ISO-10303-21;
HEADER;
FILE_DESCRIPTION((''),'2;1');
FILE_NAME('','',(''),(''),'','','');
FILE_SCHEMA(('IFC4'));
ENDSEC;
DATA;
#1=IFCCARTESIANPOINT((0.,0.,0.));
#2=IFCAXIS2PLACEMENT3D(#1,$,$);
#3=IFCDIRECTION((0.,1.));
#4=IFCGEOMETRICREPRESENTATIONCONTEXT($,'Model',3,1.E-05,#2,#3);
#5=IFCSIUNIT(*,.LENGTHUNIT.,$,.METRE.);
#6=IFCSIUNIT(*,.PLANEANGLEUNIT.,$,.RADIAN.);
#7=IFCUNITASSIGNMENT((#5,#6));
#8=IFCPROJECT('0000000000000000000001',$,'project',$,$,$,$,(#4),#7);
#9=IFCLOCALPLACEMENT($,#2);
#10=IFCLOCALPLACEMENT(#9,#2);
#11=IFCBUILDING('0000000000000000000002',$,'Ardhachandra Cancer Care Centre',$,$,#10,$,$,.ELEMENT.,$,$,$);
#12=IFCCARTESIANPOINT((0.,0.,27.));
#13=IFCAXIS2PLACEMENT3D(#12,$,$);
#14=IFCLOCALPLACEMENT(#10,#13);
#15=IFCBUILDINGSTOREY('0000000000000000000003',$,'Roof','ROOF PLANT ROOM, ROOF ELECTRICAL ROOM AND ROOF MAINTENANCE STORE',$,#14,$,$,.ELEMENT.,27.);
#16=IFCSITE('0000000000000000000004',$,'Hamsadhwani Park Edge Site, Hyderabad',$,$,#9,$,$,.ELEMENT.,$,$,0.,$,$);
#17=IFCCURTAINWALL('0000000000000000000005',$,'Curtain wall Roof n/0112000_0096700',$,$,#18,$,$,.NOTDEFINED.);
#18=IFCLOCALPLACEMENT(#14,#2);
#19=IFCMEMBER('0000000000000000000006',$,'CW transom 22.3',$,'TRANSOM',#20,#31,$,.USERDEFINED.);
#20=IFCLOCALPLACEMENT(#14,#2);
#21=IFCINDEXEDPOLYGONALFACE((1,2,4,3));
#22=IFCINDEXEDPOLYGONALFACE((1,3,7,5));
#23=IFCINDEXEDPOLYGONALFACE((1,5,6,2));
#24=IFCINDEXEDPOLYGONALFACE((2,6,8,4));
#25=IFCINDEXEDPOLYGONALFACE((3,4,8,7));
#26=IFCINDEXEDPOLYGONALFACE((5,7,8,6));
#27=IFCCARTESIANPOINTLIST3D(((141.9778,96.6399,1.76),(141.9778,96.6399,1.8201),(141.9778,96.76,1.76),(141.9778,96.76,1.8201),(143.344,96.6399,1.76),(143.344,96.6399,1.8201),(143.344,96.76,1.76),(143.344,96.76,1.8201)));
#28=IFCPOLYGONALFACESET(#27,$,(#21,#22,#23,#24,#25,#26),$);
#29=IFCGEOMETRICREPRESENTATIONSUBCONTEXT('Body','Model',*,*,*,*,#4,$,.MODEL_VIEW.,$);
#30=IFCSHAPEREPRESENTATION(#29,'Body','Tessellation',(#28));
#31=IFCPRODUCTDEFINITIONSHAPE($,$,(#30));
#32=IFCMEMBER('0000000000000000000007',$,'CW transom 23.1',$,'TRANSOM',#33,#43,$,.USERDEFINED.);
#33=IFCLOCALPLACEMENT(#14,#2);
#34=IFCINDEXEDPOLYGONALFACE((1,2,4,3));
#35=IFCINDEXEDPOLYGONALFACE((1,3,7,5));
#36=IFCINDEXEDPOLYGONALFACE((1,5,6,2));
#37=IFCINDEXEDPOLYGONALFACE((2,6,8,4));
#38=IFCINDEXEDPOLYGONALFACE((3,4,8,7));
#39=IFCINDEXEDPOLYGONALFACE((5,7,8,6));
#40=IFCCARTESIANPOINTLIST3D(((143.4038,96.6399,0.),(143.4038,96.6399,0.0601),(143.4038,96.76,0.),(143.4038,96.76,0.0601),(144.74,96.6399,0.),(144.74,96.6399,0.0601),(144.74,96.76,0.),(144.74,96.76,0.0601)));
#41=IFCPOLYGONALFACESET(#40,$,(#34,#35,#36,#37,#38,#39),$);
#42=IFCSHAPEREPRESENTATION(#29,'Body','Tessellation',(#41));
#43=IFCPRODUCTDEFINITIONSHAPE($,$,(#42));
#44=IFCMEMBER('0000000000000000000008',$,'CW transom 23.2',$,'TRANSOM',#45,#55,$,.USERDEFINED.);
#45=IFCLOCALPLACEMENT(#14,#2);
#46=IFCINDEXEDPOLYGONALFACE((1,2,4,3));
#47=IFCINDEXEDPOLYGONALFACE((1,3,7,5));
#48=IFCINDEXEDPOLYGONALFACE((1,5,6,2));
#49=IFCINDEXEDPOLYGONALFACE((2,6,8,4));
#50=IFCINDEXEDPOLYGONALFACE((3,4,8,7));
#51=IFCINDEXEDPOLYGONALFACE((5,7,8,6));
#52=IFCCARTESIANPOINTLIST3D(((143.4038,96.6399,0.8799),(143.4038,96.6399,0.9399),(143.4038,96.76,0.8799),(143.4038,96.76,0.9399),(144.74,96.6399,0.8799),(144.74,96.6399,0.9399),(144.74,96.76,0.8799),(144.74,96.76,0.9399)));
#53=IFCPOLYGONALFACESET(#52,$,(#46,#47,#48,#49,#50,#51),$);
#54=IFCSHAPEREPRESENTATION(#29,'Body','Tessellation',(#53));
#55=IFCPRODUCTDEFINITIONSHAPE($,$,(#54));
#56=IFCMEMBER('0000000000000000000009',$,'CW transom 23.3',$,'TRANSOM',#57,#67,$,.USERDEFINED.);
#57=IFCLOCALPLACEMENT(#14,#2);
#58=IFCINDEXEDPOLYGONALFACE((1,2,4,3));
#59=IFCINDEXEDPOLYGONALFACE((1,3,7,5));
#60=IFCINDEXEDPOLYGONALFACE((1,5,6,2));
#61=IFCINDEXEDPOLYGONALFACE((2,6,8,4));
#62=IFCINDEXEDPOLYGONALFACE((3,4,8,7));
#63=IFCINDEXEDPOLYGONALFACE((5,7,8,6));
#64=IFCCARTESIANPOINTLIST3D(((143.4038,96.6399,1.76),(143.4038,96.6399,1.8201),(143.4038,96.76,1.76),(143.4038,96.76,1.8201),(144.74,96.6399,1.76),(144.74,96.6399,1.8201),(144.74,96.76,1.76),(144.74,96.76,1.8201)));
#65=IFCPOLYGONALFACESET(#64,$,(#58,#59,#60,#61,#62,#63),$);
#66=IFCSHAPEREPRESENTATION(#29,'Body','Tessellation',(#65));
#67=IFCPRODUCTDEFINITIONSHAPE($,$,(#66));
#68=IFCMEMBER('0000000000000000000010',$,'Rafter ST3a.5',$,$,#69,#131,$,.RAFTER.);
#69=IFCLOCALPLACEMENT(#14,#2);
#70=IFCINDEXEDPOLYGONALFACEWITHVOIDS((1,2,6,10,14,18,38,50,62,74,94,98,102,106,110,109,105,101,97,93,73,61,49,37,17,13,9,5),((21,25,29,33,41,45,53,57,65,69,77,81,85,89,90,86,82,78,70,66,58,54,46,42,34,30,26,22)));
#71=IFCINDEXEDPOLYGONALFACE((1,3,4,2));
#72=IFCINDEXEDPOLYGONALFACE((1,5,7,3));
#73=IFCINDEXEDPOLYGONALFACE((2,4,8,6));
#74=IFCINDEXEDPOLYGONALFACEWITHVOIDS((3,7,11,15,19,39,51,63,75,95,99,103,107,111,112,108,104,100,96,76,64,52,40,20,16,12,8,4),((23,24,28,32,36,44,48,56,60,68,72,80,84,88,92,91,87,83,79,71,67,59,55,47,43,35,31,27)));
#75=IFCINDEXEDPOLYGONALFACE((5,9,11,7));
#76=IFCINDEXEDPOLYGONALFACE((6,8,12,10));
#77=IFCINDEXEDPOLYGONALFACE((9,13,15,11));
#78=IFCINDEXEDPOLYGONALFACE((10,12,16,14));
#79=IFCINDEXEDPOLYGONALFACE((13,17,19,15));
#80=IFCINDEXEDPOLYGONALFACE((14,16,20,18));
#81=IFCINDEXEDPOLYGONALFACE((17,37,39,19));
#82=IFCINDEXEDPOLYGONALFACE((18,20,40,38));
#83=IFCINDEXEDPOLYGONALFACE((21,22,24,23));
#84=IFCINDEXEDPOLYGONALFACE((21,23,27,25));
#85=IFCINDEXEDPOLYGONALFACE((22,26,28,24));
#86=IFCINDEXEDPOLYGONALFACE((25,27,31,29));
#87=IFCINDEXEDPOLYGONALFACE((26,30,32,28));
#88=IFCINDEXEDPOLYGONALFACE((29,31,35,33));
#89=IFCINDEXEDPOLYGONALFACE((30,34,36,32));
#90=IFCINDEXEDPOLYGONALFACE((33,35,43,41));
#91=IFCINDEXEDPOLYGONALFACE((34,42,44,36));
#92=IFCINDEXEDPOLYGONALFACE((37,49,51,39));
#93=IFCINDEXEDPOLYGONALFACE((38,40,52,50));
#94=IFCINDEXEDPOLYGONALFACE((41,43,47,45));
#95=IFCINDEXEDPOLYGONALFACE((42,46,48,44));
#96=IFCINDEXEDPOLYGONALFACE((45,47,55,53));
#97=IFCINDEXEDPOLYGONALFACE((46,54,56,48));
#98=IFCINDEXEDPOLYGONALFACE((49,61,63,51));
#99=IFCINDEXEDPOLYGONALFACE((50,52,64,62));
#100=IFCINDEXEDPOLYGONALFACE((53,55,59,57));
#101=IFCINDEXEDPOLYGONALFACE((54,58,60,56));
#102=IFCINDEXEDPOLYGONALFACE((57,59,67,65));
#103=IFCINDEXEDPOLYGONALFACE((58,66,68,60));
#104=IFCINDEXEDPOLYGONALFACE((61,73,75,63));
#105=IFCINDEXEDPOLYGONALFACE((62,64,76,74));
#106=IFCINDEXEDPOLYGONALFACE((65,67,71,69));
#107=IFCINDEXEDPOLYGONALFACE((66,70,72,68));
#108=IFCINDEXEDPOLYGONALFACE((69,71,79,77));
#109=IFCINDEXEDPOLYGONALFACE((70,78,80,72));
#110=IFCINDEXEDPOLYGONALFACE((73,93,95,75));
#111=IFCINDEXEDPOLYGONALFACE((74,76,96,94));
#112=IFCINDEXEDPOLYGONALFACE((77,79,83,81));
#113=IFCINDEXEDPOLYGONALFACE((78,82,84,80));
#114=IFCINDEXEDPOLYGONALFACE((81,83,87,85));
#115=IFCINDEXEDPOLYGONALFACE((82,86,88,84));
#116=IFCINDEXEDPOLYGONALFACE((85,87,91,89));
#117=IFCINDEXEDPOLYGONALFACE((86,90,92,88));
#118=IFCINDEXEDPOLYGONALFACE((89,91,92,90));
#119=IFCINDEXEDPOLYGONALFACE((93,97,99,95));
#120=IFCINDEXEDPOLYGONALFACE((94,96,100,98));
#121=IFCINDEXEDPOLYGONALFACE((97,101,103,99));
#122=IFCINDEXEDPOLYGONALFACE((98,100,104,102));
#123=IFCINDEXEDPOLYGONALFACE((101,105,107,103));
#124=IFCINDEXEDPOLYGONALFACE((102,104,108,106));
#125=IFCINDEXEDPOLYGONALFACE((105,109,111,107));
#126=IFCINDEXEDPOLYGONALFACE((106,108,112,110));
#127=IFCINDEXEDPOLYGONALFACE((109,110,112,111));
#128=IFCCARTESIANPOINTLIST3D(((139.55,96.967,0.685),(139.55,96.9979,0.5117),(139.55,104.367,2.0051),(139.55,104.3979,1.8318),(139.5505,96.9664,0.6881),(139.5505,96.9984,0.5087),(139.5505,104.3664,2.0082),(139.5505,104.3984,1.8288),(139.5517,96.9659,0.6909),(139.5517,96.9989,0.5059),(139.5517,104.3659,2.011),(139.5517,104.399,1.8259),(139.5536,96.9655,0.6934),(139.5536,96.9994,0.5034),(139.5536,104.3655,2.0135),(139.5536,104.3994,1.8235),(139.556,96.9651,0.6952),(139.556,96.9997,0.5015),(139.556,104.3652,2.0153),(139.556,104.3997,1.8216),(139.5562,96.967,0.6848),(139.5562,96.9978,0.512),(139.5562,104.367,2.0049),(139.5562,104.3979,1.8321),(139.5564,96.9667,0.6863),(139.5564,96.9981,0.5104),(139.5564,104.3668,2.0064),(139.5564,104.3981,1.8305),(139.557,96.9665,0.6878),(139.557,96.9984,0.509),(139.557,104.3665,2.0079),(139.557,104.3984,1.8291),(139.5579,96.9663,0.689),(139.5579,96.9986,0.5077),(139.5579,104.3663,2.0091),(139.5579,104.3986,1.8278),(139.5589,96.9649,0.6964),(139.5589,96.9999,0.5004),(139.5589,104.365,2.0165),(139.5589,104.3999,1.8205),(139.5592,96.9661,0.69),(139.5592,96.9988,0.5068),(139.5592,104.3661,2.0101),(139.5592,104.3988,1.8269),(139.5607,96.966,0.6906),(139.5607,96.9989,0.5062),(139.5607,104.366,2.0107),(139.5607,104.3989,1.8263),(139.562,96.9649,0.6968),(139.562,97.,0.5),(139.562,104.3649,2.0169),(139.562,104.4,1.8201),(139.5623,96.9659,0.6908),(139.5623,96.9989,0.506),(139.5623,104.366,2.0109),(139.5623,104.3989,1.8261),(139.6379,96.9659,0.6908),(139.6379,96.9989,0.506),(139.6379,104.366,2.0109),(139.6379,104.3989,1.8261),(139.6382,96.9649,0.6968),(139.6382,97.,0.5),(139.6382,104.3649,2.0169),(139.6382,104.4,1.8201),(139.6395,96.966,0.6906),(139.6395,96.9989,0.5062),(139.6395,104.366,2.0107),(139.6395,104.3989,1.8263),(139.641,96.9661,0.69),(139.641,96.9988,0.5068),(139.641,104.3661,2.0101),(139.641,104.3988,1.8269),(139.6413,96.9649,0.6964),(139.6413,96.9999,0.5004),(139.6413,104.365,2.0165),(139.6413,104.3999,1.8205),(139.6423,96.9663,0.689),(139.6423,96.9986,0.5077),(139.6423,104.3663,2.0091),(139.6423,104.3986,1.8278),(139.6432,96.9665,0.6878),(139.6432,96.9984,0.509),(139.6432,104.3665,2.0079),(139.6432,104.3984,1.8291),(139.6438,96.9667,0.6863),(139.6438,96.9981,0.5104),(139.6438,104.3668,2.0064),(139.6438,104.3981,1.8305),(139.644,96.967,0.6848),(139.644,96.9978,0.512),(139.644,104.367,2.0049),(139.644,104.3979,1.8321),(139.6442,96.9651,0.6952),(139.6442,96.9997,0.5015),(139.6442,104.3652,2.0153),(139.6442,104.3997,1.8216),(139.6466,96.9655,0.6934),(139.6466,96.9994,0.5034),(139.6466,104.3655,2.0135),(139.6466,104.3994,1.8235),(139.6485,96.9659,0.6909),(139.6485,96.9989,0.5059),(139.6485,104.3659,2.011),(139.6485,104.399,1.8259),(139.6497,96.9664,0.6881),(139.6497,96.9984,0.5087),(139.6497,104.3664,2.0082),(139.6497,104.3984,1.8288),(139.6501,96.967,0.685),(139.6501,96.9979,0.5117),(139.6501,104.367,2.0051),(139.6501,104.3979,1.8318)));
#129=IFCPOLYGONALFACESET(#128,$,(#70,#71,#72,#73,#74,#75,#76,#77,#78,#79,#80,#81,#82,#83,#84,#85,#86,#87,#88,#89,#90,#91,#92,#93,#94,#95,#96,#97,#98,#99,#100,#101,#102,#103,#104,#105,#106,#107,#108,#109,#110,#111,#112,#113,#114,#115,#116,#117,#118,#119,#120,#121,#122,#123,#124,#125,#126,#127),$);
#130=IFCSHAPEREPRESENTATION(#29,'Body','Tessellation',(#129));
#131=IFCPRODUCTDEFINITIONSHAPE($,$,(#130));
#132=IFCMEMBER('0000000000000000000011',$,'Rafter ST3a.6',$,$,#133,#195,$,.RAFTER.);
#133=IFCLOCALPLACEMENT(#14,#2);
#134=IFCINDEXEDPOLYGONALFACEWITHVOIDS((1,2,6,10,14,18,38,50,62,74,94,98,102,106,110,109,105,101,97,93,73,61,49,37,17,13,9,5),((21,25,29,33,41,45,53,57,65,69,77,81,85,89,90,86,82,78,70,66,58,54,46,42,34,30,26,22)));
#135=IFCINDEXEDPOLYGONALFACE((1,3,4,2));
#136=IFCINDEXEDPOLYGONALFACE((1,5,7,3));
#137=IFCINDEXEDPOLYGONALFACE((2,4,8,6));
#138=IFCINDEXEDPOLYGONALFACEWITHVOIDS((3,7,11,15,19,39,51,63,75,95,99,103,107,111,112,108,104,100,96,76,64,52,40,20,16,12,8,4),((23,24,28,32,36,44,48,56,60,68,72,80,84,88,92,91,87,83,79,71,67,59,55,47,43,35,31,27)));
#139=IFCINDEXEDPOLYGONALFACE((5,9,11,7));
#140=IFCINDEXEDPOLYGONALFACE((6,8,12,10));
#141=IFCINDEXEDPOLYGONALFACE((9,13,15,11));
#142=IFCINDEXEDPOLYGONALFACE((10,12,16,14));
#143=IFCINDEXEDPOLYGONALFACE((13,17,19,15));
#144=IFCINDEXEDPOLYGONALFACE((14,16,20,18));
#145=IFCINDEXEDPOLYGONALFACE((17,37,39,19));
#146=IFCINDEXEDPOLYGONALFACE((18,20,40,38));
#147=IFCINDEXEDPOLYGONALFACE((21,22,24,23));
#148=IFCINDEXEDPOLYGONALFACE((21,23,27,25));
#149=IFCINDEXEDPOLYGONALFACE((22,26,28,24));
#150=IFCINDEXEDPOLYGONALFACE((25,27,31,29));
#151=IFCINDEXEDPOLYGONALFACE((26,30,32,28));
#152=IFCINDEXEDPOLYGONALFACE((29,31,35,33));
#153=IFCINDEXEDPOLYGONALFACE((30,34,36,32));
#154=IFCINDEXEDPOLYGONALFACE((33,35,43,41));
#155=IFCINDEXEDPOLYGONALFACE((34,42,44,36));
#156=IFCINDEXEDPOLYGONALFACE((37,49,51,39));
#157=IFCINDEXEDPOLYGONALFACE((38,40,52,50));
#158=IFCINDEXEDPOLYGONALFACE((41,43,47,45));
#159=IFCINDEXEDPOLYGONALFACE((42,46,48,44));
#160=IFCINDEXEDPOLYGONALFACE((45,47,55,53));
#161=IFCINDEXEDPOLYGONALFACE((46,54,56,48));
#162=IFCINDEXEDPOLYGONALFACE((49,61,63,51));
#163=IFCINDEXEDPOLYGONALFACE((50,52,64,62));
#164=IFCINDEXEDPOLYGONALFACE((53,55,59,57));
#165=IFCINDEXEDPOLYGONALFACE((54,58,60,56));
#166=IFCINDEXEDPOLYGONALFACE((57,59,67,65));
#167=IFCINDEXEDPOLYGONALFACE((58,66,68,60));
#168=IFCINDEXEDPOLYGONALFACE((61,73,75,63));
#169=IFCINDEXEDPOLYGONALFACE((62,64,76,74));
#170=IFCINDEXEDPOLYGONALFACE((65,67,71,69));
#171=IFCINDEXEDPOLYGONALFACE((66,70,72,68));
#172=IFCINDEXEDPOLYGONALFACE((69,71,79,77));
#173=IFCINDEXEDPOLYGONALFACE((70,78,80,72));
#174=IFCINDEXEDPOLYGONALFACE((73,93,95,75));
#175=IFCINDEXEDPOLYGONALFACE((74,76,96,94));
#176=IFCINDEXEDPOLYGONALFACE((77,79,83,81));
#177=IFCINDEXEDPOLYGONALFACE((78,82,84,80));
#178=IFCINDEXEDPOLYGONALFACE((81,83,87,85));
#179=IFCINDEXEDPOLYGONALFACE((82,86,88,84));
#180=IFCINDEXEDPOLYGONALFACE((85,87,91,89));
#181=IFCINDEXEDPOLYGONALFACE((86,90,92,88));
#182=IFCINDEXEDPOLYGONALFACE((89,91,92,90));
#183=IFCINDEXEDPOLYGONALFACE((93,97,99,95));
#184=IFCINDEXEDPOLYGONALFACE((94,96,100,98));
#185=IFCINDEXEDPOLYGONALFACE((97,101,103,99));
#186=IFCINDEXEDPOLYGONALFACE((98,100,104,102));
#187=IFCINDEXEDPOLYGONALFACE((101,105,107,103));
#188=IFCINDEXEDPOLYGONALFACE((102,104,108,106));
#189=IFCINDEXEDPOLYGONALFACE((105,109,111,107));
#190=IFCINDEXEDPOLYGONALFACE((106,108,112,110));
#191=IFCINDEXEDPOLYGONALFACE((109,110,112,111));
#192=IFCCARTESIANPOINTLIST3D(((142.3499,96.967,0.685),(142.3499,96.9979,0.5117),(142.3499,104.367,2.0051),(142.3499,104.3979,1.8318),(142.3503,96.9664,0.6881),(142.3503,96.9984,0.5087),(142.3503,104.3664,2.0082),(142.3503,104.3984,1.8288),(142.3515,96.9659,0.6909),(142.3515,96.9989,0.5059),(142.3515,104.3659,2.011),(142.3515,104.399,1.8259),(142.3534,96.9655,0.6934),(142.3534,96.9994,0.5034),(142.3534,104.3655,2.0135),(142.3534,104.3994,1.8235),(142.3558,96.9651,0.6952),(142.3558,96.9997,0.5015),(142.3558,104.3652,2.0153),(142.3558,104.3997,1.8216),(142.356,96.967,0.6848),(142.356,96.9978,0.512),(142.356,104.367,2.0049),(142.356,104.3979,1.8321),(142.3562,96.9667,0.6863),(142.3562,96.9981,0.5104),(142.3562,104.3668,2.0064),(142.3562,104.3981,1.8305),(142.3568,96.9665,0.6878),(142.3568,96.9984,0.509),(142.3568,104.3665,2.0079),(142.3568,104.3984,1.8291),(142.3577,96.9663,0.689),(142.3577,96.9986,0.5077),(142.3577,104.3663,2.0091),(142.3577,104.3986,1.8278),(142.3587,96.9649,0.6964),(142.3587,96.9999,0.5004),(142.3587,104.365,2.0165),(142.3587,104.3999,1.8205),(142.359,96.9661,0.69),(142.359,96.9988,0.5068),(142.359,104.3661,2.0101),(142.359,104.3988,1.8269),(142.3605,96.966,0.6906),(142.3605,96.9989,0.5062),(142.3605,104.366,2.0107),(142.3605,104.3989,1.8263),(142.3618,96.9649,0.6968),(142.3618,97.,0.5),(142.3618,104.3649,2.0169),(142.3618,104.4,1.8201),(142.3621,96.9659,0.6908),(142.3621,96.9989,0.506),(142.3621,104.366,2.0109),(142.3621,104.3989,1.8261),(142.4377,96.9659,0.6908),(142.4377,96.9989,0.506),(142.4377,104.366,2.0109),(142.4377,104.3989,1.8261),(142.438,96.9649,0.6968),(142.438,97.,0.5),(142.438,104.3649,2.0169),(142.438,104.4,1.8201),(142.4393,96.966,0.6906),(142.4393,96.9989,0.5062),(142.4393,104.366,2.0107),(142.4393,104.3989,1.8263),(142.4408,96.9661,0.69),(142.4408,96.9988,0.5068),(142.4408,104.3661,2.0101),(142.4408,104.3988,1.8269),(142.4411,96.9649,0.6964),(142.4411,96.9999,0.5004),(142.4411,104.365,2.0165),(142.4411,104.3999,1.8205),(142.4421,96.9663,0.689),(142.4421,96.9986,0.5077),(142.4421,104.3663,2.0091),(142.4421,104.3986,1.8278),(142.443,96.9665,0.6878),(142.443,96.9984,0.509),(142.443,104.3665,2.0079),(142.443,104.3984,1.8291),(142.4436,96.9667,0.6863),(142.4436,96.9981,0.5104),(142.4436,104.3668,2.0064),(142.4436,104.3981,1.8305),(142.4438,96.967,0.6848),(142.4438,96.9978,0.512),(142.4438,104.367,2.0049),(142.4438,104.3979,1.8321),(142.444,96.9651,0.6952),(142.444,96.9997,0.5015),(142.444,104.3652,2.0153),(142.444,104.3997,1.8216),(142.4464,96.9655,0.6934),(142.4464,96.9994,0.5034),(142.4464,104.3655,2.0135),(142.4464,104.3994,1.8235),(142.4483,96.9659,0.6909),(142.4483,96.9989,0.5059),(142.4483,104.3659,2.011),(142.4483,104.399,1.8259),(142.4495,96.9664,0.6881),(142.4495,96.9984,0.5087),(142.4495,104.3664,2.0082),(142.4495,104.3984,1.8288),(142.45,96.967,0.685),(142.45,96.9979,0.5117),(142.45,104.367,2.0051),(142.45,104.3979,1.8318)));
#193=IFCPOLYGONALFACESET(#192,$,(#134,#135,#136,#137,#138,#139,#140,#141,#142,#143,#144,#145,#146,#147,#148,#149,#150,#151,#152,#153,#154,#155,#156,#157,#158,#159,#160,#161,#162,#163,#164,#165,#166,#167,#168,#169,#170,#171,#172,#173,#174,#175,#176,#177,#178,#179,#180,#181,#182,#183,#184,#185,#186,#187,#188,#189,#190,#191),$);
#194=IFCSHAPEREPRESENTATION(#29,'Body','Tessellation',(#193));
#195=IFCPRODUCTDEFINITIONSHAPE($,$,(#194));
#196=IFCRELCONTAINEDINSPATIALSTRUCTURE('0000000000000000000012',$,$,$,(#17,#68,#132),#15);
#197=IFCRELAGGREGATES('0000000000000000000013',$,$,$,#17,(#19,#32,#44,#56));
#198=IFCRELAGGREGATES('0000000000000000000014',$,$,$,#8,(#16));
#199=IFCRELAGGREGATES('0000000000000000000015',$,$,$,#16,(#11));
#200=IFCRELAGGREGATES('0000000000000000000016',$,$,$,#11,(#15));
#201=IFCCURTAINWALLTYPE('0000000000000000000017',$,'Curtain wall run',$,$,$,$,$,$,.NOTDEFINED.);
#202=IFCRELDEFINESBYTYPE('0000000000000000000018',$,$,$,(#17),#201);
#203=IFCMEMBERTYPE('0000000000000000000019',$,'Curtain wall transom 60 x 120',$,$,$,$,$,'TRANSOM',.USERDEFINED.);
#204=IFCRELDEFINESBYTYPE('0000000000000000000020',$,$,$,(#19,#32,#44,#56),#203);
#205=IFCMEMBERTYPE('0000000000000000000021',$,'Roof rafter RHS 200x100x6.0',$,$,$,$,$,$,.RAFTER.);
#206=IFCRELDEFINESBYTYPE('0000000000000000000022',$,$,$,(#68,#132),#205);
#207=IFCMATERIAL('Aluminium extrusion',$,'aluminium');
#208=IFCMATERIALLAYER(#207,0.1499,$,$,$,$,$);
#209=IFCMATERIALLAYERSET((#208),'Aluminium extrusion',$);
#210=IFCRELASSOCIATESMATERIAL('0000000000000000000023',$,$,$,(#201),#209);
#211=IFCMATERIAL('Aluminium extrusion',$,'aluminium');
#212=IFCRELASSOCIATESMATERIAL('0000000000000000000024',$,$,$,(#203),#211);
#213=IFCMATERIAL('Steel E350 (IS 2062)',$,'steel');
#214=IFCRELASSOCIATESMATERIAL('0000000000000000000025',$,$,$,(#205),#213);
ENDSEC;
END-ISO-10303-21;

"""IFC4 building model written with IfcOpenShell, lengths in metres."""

from ifc_helpers import new_model, si_unit, direction, frame, origin, origin_2d, place, context, subcontext, project, spatial, rectangle, hollow_rectangle, extrude, material, layer, layer_set, material_profile, profile_set, type_object, element, aggregate, save


model = new_model("IFC4")

# Units and contexts
model_context = context("Model", 3, precision=1e-05, world=origin(), true_north=direction((0.0, 1.0)))
body_context = subcontext(model_context, "Body", "Model", "MODEL_VIEW")
ifc_project = project(units=[si_unit("LENGTHUNIT", "METRE"), si_unit("PLANEANGLEUNIT", "RADIAN")], contexts=[model_context])

# Site, building, storey
site_placement = place(None, origin())
site = spatial("IfcSite", under=ifc_project, at=site_placement, Name="Hamsadhwani Park Edge Site, Hyderabad", CompositionType="ELEMENT", RefElevation=0.0)
building_placement = place(site_placement, origin())
building = spatial("IfcBuilding", under=site, at=building_placement, Name="Ardhachandra Cancer Care Centre", CompositionType="ELEMENT")
storey_placement = place(building_placement, frame((0.0, 0.0, 27.0)))
storey = spatial("IfcBuildingStorey", under=building, at=storey_placement, Name="Roof", Description="ROOF PLANT ROOM, ROOF ELECTRICAL ROOM AND ROOF MAINTENANCE STORE", CompositionType="ELEMENT", Elevation=27.0)

# Curtain wall, members
ifc_material_1 = material(Name="Aluminium extrusion", Category="aluminium")
ifc_layer_1 = layer(ifc_material_1, 0.1499)
ifc_layer_set_1 = layer_set([ifc_layer_1], Name="Aluminium extrusion")
curtain_wall_type = type_object("IfcCurtainWallType", Name="Curtain wall run", PredefinedType="NOTDEFINED", material=ifc_layer_set_1)
curtain_wall_placement = place(storey_placement, origin())
curtain_wall = element("IfcCurtainWall", 1, at=curtain_wall_placement, inside=storey, type_object=curtain_wall_type, Name="Curtain wall Roof n/0112000_0096700", PredefinedType="NOTDEFINED")
ifc_material_2 = material(Name="Aluminium extrusion", Category="aluminium")
ifc_material_profile_1 = material_profile(ifc_material_2, rectangle(XDim=0.1201, YDim=0.0601, at=origin_2d()), Name="Curtain wall transom 60 x 120")
ifc_profile_set_1 = profile_set([ifc_material_profile_1], Name="Aluminium extrusion")
member_type_1 = type_object("IfcMemberType", Name="Curtain wall transom 60 x 120", ElementType="TRANSOM", PredefinedType="USERDEFINED", material=ifc_profile_set_1)
member_1_placement = place(storey_placement, frame((141.9778, 96.7, 1.79), z_axis=(1.0, 0.0, 0.0), x_axis=(0.0, 1.0, 0.0)))
member_1 = element("IfcMember", 2, at=member_1_placement, type_object=member_type_1, Name="CW transom 22.3", ObjectType="TRANSOM", PredefinedType="USERDEFINED", context=body_context, shape_type="SweptSolid", body=[
    extrude(rectangle(XDim=0.1201, YDim=0.0601, at=origin_2d()), origin(), (0.0, 0.0, 1.0), 1.3662),
])
member_2_placement = place(storey_placement, frame((143.4038, 96.7, 0.03), z_axis=(1.0, 0.0, 0.0), x_axis=(0.0, 1.0, 0.0)))
member_2 = element("IfcMember", 3, at=member_2_placement, type_object=member_type_1, Name="CW transom 23.1", ObjectType="TRANSOM", PredefinedType="USERDEFINED", context=body_context, shape_type="SweptSolid", body=[
    extrude(rectangle(XDim=0.1201, YDim=0.0601, at=origin_2d()), origin(), (0.0, 0.0, 1.0), 1.3362),
])
member_3_placement = place(storey_placement, frame((143.4038, 96.7, 0.9099), z_axis=(1.0, 0.0, 0.0), x_axis=(0.0, 1.0, 0.0)))
member_3 = element("IfcMember", 4, at=member_3_placement, type_object=member_type_1, Name="CW transom 23.2", ObjectType="TRANSOM", PredefinedType="USERDEFINED", context=body_context, shape_type="SweptSolid", body=[
    extrude(rectangle(XDim=0.1201, YDim=0.0601, at=origin_2d()), origin(), (0.0, 0.0, 1.0), 1.3362),
])
member_4_placement = place(storey_placement, frame((143.4038, 96.7, 1.79), z_axis=(1.0, 0.0, 0.0), x_axis=(0.0, 1.0, 0.0)))
member_4 = element("IfcMember", 5, at=member_4_placement, type_object=member_type_1, Name="CW transom 23.3", ObjectType="TRANSOM", PredefinedType="USERDEFINED", context=body_context, shape_type="SweptSolid", body=[
    extrude(rectangle(XDim=0.1201, YDim=0.0601, at=origin_2d()), origin(), (0.0, 0.0, 1.0), 1.3362),
])

# Members
ifc_material_3 = material(Name="Steel E350 (IS 2062)", Category="steel")
ifc_material_profile_2 = material_profile(ifc_material_3, hollow_rectangle(XDim=0.1001, YDim=0.2, WallThickness=0.0061, InnerFilletRadius=0.0061, OuterFilletRadius=0.012, at=origin_2d()), Name="RHS 200x100x6.0")
ifc_profile_set_2 = profile_set([ifc_material_profile_2], Name="Steel E350 (IS 2062)")
member_type_2 = type_object("IfcMemberType", Name="Roof rafter RHS 200x100x6.0", PredefinedType="RAFTER", material=ifc_profile_set_2)
for number, where, z_axis, x_axis, name in (
    (6, (139.6001, 96.9824, 0.5984), (0.0, 0.984458, 0.175618), (-1.0, 0.0, 0.0), "Rafter ST3a.5"),
    (7, (142.3999, 96.9824, 0.5984), (0.0, 0.984458, 0.175618), (-1.0, 0.0, 0.0), "Rafter ST3a.6"),
):
    element("IfcMember", number, at=place(storey_placement, frame(where, z_axis=z_axis, x_axis=x_axis)), inside=storey, type_object=member_type_2, Name=name, PredefinedType="RAFTER", context=body_context, shape_type="SweptSolid", body=[
        extrude(hollow_rectangle(XDim=0.1001, YDim=0.2, WallThickness=0.0061, InnerFilletRadius=0.0061, OuterFilletRadius=0.012, at=origin_2d()), origin(), (0.0, 0.0, 1.0), 7.5168),
    ])

aggregate(curtain_wall, [member_1, member_2, member_3, member_4])

save(model, "model.ifc")
